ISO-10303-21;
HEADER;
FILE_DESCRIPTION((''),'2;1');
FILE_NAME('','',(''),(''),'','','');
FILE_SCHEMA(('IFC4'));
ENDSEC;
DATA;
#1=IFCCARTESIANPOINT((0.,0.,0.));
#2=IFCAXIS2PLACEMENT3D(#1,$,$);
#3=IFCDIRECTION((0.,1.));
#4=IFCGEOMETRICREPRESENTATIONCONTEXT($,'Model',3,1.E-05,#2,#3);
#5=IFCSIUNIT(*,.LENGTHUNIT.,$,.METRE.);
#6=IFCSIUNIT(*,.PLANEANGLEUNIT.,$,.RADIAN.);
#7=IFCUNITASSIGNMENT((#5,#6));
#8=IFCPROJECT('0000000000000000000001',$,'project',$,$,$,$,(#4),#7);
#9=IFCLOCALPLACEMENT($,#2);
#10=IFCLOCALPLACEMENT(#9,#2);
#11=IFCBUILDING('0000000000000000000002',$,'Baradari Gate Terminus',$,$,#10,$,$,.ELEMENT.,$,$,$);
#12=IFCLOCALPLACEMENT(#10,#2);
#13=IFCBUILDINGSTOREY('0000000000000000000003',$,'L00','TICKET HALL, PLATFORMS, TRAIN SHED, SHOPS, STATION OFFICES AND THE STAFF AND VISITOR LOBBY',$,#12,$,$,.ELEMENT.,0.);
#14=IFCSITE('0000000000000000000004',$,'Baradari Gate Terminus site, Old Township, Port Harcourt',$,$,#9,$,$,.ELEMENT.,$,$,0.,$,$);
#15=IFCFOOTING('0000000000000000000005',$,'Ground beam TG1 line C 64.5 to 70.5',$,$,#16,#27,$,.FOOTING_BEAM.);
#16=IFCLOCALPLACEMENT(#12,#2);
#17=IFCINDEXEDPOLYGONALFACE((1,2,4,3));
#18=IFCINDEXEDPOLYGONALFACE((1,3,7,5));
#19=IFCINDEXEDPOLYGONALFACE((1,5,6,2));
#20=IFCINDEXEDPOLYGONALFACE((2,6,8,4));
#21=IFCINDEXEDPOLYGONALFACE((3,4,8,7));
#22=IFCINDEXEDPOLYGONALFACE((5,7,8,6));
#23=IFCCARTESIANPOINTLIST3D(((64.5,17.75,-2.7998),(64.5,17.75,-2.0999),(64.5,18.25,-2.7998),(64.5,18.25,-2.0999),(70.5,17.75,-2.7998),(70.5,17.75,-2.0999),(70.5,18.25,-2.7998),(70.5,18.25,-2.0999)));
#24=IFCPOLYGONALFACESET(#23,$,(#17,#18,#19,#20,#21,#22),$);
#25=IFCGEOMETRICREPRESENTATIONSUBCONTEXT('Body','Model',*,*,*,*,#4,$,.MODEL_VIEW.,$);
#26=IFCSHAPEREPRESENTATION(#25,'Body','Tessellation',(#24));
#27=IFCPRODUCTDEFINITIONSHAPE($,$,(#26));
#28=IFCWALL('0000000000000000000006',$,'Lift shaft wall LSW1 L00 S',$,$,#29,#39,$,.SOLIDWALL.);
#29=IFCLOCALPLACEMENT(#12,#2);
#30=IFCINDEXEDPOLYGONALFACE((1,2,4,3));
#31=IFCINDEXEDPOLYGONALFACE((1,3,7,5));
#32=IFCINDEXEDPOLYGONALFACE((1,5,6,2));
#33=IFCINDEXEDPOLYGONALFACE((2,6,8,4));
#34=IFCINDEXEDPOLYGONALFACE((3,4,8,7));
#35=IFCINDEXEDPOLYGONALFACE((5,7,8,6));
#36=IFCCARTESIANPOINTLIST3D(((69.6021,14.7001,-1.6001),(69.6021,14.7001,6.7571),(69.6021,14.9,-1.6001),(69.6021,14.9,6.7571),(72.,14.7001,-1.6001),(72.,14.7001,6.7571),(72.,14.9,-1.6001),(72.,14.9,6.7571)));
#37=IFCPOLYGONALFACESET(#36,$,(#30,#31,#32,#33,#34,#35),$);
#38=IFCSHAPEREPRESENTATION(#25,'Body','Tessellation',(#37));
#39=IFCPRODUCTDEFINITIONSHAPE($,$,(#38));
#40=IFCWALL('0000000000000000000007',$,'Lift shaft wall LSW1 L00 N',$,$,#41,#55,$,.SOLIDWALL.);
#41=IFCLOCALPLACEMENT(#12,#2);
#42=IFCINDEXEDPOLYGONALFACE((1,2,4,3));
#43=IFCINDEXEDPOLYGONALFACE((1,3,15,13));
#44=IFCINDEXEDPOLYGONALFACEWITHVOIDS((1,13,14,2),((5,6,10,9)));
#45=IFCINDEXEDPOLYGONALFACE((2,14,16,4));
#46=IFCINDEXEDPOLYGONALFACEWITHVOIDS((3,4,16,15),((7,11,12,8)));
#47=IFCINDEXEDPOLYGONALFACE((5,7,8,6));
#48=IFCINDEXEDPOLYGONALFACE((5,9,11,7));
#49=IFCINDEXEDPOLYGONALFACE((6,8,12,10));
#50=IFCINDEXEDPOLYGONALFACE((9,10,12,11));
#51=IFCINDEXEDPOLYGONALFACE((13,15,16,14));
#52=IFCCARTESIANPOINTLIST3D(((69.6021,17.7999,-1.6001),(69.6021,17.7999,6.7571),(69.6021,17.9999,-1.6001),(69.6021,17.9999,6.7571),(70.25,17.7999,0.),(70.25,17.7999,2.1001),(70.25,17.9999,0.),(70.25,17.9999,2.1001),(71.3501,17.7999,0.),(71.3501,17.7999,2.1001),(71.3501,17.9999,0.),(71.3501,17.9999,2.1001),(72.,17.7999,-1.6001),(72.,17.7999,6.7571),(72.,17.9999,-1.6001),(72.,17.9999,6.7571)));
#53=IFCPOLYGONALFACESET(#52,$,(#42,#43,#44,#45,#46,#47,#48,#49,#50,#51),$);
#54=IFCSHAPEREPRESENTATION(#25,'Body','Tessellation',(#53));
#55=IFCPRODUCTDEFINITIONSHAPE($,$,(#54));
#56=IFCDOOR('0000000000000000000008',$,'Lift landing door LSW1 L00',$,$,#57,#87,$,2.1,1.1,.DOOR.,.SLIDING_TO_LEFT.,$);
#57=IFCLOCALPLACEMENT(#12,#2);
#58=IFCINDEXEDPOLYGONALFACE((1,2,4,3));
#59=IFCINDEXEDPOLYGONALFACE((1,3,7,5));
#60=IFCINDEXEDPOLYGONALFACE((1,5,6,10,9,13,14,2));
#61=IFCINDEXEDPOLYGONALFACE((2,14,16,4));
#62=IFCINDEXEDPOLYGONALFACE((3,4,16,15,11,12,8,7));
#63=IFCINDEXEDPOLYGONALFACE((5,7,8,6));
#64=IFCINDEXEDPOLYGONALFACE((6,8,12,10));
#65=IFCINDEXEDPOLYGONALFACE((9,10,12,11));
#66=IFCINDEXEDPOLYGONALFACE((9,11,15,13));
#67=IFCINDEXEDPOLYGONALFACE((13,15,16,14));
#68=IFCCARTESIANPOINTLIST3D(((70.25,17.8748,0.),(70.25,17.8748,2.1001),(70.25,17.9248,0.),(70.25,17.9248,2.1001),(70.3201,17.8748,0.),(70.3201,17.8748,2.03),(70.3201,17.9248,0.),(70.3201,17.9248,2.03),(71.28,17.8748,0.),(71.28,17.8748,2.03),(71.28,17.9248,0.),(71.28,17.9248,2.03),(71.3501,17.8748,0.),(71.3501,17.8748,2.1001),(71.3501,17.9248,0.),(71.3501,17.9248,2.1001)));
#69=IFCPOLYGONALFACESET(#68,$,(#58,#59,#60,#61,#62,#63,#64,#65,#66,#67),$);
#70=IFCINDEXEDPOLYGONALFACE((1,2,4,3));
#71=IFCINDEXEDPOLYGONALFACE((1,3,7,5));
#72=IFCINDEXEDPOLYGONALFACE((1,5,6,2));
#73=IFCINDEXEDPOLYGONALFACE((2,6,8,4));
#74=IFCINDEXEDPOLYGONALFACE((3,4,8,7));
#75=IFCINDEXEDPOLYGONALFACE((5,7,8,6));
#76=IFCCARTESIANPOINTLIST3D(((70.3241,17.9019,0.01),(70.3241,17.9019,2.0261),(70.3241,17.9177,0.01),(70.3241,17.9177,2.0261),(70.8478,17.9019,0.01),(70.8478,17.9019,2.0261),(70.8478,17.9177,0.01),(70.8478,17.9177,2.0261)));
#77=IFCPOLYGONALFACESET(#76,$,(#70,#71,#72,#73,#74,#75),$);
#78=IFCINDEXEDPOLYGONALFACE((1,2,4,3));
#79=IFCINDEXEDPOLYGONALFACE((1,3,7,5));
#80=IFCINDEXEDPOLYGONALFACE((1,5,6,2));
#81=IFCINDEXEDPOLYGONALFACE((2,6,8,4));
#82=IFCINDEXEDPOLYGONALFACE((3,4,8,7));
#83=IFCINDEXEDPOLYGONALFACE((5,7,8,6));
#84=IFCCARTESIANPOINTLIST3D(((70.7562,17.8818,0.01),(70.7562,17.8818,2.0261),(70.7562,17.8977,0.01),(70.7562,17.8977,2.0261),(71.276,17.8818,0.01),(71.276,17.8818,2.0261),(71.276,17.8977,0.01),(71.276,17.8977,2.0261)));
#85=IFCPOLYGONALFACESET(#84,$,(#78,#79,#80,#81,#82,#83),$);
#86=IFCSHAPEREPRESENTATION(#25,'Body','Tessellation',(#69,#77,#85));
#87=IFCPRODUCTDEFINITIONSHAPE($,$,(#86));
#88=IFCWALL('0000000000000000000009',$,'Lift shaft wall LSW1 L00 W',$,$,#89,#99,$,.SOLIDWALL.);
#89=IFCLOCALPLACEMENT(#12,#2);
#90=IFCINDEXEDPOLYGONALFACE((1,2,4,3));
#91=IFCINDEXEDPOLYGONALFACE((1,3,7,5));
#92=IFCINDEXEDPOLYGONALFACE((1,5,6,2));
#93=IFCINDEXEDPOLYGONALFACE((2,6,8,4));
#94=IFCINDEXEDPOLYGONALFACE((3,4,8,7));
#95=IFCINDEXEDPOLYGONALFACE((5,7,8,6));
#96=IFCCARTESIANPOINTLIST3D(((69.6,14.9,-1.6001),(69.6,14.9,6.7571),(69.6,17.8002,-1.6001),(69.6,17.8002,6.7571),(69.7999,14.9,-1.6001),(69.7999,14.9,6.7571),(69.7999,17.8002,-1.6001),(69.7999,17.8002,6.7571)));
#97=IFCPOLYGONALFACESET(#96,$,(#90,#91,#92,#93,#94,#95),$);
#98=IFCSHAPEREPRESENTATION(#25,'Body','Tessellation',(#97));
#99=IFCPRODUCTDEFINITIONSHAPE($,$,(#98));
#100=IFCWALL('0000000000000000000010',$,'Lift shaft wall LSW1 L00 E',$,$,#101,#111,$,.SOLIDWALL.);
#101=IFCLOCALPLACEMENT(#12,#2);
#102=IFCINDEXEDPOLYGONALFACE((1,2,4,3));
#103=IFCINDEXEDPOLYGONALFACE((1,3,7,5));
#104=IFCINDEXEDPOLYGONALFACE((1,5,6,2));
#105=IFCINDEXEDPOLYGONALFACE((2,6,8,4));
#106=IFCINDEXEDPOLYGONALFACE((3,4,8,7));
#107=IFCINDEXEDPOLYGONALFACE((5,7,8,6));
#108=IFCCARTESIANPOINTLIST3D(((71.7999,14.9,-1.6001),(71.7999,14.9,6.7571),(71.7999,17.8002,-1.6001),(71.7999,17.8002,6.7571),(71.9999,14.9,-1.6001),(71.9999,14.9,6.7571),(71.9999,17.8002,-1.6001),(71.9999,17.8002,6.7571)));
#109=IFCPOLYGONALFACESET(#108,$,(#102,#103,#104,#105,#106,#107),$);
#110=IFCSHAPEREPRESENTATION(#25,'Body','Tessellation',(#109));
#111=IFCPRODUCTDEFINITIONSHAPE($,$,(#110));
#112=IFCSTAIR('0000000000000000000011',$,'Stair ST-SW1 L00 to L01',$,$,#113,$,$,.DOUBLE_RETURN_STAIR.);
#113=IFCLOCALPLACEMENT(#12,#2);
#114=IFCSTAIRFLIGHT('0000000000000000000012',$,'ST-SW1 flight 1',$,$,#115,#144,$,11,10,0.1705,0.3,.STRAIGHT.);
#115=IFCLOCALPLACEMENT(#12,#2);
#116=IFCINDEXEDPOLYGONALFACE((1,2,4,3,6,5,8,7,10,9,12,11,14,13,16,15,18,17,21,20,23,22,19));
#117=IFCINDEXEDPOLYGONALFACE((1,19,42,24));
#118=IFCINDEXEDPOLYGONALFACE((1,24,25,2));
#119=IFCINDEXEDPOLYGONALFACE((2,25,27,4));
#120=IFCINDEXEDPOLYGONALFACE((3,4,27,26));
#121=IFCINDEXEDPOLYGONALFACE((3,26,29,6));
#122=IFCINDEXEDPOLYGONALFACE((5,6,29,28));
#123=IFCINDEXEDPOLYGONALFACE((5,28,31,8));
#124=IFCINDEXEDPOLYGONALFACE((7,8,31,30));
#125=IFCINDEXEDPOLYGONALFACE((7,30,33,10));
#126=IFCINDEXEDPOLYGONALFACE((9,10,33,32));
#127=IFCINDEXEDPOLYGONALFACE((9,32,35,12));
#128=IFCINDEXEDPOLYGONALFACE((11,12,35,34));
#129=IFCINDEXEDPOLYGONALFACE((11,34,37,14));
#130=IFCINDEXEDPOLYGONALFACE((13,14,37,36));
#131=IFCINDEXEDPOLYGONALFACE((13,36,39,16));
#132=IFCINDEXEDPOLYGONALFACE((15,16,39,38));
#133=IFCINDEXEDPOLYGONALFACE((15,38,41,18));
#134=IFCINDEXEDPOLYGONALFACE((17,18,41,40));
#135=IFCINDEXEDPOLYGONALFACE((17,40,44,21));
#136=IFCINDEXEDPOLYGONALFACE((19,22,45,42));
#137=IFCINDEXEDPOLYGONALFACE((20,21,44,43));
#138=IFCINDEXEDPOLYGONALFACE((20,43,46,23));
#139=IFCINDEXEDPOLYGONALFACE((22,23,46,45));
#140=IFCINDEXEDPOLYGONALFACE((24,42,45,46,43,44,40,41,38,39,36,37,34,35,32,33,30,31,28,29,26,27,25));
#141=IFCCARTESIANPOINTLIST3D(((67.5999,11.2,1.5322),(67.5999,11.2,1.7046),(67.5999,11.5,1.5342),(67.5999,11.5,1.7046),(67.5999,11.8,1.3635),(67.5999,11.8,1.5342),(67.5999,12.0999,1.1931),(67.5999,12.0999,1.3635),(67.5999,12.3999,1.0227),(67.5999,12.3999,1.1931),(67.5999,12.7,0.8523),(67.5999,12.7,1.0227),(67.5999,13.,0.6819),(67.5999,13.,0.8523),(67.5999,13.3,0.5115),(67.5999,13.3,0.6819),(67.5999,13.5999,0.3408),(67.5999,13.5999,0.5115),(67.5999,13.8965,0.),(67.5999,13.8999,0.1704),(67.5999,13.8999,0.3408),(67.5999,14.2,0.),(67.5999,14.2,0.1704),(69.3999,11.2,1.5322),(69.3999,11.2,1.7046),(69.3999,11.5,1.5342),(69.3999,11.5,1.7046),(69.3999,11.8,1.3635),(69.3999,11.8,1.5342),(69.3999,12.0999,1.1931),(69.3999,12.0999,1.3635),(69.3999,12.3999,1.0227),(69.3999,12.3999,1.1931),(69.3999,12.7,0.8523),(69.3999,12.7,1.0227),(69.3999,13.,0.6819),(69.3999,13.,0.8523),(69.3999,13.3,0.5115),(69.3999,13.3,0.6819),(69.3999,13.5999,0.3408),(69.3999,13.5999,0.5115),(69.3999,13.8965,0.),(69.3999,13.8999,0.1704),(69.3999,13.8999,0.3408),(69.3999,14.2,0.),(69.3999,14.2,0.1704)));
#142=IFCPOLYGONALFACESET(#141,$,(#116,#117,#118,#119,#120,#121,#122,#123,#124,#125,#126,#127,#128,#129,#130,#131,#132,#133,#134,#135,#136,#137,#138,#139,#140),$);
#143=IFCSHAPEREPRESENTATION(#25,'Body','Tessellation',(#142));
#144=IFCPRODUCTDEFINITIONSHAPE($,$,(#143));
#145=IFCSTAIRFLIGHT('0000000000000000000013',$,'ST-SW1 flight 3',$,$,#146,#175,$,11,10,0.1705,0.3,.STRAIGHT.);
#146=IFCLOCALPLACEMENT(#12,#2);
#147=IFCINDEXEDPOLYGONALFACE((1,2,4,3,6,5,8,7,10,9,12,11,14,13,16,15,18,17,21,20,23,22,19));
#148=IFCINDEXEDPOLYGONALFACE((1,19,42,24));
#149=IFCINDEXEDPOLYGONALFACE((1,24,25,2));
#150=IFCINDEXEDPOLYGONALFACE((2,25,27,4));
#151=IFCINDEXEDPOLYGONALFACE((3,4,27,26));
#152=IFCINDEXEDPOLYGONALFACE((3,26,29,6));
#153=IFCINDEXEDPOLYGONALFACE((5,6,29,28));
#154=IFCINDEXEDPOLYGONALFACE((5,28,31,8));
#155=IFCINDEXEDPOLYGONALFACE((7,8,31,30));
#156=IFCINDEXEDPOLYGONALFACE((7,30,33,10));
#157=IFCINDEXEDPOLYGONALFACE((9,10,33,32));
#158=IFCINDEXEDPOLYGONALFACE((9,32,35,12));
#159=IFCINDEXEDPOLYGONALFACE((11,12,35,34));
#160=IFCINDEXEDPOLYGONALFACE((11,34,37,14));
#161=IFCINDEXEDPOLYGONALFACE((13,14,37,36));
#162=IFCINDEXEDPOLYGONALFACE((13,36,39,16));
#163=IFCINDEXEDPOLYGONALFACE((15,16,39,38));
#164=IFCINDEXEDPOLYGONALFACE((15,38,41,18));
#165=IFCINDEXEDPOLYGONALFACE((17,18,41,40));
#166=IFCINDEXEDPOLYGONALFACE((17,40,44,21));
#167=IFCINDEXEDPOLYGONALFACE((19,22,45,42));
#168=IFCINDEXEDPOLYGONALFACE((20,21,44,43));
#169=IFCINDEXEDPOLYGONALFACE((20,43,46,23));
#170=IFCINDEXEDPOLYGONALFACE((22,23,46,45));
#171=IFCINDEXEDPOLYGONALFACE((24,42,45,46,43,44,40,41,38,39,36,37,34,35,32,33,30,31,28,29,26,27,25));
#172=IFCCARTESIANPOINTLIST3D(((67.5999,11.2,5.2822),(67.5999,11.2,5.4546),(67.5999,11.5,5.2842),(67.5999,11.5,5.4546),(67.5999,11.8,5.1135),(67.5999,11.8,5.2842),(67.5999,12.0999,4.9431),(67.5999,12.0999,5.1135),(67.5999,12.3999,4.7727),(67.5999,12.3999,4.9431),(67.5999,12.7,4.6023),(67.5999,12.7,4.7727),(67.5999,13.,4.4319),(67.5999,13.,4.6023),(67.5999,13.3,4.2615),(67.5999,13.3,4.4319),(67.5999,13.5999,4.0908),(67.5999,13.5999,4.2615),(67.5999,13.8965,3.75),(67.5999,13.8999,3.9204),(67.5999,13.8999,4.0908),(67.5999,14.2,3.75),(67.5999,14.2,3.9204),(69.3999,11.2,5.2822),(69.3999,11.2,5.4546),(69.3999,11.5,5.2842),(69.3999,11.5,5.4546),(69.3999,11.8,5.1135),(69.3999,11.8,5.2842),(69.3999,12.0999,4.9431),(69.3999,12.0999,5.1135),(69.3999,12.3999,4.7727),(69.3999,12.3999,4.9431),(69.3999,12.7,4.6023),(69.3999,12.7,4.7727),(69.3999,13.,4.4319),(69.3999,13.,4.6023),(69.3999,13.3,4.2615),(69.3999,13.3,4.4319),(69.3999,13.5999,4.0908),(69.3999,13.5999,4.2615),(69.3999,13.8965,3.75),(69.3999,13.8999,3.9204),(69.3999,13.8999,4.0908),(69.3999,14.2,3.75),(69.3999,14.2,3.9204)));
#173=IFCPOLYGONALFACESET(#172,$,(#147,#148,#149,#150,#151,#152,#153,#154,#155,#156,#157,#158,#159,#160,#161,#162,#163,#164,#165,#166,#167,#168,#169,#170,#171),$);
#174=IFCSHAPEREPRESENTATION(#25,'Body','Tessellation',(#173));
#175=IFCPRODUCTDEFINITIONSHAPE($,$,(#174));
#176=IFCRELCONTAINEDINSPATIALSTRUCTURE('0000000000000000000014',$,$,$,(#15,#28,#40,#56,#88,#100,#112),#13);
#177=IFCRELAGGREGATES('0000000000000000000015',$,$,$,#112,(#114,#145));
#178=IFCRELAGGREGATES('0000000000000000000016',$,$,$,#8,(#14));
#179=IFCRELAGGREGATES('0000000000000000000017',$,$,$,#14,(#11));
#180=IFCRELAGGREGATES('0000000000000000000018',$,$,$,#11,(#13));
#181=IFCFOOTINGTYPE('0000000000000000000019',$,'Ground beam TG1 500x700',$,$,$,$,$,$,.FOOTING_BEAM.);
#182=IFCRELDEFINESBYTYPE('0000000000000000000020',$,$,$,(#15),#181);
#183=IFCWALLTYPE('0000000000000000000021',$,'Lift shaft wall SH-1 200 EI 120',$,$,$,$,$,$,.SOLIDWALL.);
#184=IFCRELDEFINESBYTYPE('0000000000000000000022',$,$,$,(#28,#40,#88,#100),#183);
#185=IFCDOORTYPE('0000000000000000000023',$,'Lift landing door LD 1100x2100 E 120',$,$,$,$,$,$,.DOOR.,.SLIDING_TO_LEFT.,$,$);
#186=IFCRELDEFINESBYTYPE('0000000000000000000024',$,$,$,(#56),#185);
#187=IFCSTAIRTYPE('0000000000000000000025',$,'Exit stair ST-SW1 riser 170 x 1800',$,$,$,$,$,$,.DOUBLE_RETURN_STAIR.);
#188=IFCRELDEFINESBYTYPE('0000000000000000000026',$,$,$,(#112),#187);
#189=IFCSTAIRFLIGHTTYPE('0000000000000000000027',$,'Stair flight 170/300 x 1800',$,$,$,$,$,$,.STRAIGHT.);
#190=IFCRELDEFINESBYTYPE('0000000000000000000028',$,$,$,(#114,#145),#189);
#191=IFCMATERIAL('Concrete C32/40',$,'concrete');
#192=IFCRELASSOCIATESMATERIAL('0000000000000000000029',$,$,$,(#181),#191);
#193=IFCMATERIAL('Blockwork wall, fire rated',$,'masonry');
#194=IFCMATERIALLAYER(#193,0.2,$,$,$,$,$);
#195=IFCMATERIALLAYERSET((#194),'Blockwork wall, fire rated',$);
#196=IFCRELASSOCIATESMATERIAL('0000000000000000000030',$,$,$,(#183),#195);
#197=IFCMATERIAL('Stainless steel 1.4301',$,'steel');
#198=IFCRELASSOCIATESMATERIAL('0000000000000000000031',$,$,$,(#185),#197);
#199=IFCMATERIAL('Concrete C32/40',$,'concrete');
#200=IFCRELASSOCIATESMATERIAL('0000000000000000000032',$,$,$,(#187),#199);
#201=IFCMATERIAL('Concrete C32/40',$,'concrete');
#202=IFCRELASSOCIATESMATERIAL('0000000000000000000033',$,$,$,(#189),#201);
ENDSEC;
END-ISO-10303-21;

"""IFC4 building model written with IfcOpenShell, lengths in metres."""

from ifc_helpers import new_model, si_unit, direction, frame, frame_2d, origin, origin_2d, place, context, subcontext, project, spatial, polyline, rectangle, outline, extrude, material, layer, layer_set, type_object, element, fill, aggregate, save


model = new_model("IFC4")

# Units and contexts
model_context = context("Model", 3, precision=1e-05, world=origin(), true_north=direction((0.0, 1.0)))
body_context = subcontext(model_context, "Body", "Model", "MODEL_VIEW")
ifc_project = project(units=[si_unit("LENGTHUNIT", "METRE"), si_unit("PLANEANGLEUNIT", "RADIAN")], contexts=[model_context])

# Site, building, storey
site_placement = place(None, origin())
site = spatial("IfcSite", under=ifc_project, at=site_placement, Name="Baradari Gate Terminus site, Old Township, Port Harcourt", CompositionType="ELEMENT", RefElevation=0.0)
building_placement = place(site_placement, origin())
building = spatial("IfcBuilding", under=site, at=building_placement, Name="Baradari Gate Terminus", CompositionType="ELEMENT")
storey_placement = place(building_placement, origin())
storey = spatial("IfcBuildingStorey", under=building, at=storey_placement, Name="L00", Description="TICKET HALL, PLATFORMS, TRAIN SHED, SHOPS, STATION OFFICES AND THE STAFF AND VISITOR LOBBY", CompositionType="ELEMENT", Elevation=0.0)

# Footing
ifc_material_1 = material(Name="Concrete C32/40", Category="concrete")
footing_type = type_object("IfcFootingType", Name="Ground beam TG1 500x700", PredefinedType="FOOTING_BEAM", material=ifc_material_1)
footing_placement = place(storey_placement, frame((67.5, 18.0, -2.7998), z_axis=(0.0, 0.0, 1.0), x_axis=(1.0, 0.0, 0.0)))
element("IfcFooting", 1, at=footing_placement, inside=storey, type_object=footing_type, Name="Ground beam TG1 line C 64.5 to 70.5", PredefinedType="FOOTING_BEAM", context=body_context, shape_type="SweptSolid", body=[
    extrude(rectangle(XDim=6.0, YDim=0.5, at=origin_2d()), origin(), (0.0, 0.0, 1.0), 0.7),
])

# Wall
ifc_material_2 = material(Name="Blockwork wall, fire rated", Category="masonry")
ifc_layer = layer(ifc_material_2, 0.2)
ifc_layer_set = layer_set([ifc_layer], Name="Blockwork wall, fire rated")
wall_type = type_object("IfcWallType", Name="Lift shaft wall SH-1 200 EI 120", PredefinedType="SOLIDWALL", material=ifc_layer_set)
wall_1_placement = place(storey_placement, frame((69.6021, 14.8, -1.6001), z_axis=(0.0, 0.0, 1.0), x_axis=(1.0, 0.0, 0.0)))
element("IfcWall", 2, at=wall_1_placement, inside=storey, type_object=wall_type, Name="Lift shaft wall LSW1 L00 S", PredefinedType="SOLIDWALL", context=body_context, shape_type="SweptSolid", body=[
    extrude(rectangle(XDim=2.3979, YDim=0.2, at=frame_2d((1.199, 0.0))), origin(), (0.0, 0.0, 1.0), 8.3572),
])

# Wall, opening, door
wall_2_placement = place(storey_placement, frame((69.6021, 17.8999, -1.6001), z_axis=(0.0, 0.0, 1.0), x_axis=(1.0, 0.0, 0.0)))
wall_2 = element("IfcWall", 3, at=wall_2_placement, inside=storey, type_object=wall_type, Name="Lift shaft wall LSW1 L00 N", PredefinedType="SOLIDWALL", context=body_context, shape_type="SweptSolid", body=[
    extrude(rectangle(XDim=2.3979, YDim=0.2, at=frame_2d((1.199, 0.0))), origin(), (0.0, 0.0, 1.0), 8.3572),
])
opening_placement = place(wall_2_placement, frame((0.6479, 0.0, 1.6001)))
opening = element("IfcOpeningElement", 4, at=opening_placement, cuts=wall_2, PredefinedType="OPENING", context=body_context, shape_type="SweptSolid", body=[
    extrude(rectangle(XDim=1.1001, YDim=2.1001, at=frame_2d((0.55, 1.05))), frame((0.0, 0.1099, 0.0), z_axis=(0.0, -1.0, 0.0), x_axis=(1.0, 0.0, 0.0)), (0.0, 0.0, 1.0), 0.22),
])
ifc_material_3 = material(Name="Stainless steel 1.4301", Category="steel")
door_type = type_object("IfcDoorType", Name="Lift landing door LD 1100x2100 E 120", OperationType="SLIDING_TO_LEFT", PredefinedType="DOOR", material=ifc_material_3)
door_placement = place(opening_placement, origin())
door = element("IfcDoor", 5, at=door_placement, inside=storey, type_object=door_type, Name="Lift landing door LSW1 L00", OperationType="SLIDING_TO_LEFT", OverallHeight=2.1, OverallWidth=1.1, PredefinedType="DOOR", context=body_context, shape_type="SweptSolid", body=[
    extrude(outline(polyline([(0.0, 0.0), (0.0701, 0.0), (0.0701, 2.03), (1.03, 2.03), (1.03, 0.0), (1.1001, 0.0), (1.1001, 2.1001), (0.0, 2.1001), (0.0, 0.0)])), frame((0.0, 0.0249, 0.0), z_axis=(0.0, -1.0, 0.0), x_axis=(1.0, 0.0, 0.0)), (0.0, 0.0, 1.0), 0.05),
    extrude(rectangle(XDim=0.5237, YDim=2.0161, at=frame_2d((0.3359, 1.0181))), frame((0.0, 0.0178, 0.0), z_axis=(0.0, -1.0, 0.0), x_axis=(1.0, 0.0, 0.0)), (0.0, 0.0, 1.0), 0.0159),
    extrude(rectangle(XDim=0.5198, YDim=2.0161, at=frame_2d((0.7661, 1.0181))), frame((0.0, -0.0022, 0.0), z_axis=(0.0, -1.0, 0.0), x_axis=(1.0, 0.0, 0.0)), (0.0, 0.0, 1.0), 0.0159),
])
fill(opening, door)

# Walls
for number, where, z_axis, x_axis, name in (
    (6, (69.7, 14.8999, -1.6001), (0.0, 0.0, 1.0), (0.0, 1.0, 0.0), "Lift shaft wall LSW1 L00 W"),
    (7, (71.8999, 14.8999, -1.6001), (0.0, 0.0, 1.0), (0.0, 1.0, 0.0), "Lift shaft wall LSW1 L00 E"),
):
    element("IfcWall", number, at=place(storey_placement, frame(where, z_axis=z_axis, x_axis=x_axis)), inside=storey, type_object=wall_type, Name=name, PredefinedType="SOLIDWALL", context=body_context, shape_type="SweptSolid", body=[
        extrude(rectangle(XDim=2.9001, YDim=0.2, at=frame_2d((1.4502, 0.0))), origin(), (0.0, 0.0, 1.0), 8.3572),
    ])

# Stair, stair flights
ifc_material_4 = material(Name="Concrete C32/40", Category="concrete")
stair_type = type_object("IfcStairType", Name="Exit stair ST-SW1 riser 170 x 1800", PredefinedType="DOUBLE_RETURN_STAIR", material=ifc_material_4)
stair_placement = place(storey_placement, origin())
stair = element("IfcStair", 8, at=stair_placement, inside=storey, type_object=stair_type, Name="Stair ST-SW1 L00 to L01", PredefinedType="DOUBLE_RETURN_STAIR")
ifc_material_5 = material(Name="Concrete C32/40", Category="concrete")
stair_flight_type = type_object("IfcStairFlightType", Name="Stair flight 170/300 x 1800", PredefinedType="STRAIGHT", material=ifc_material_5)
stair_flight_1_placement = place(storey_placement, frame((68.5, 14.2, 0.0), z_axis=(0.0, 0.0, 1.0), x_axis=(0.0, -1.0, 0.0)))
stair_flight_1 = element("IfcStairFlight", 9, at=stair_flight_1_placement, type_object=stair_flight_type, Name="ST-SW1 flight 1", NumberOfRisers=11, NumberOfTreads=10, PredefinedType="STRAIGHT", RiserHeight=0.1705, TreadLength=0.3, context=body_context, shape_type="SweptSolid", body=[
    extrude(outline(polyline([(0.0, 0.0), (0.0, 0.1704), (0.3, 0.1704), (0.3, 0.3408), (0.6001, 0.3408), (0.6001, 0.5115), (0.8999, 0.5115), (0.8999, 0.6819), (1.2, 0.6819), (1.2, 0.8523), (1.5, 0.8523), (1.5, 1.0227), (1.8, 1.0227), (1.8, 1.1931), (2.1001, 1.1931), (2.1001, 1.3635), (2.3999, 1.3635), (2.3999, 1.5342), (2.7, 1.5342), (2.7, 1.7046), (3.0, 1.7046), (3.0, 1.875), (3.0, 1.5322), (0.3035, 0.0), (0.0, 0.0)])), frame((0.0, 0.8999, 0.0), z_axis=(0.0, -1.0, 0.0), x_axis=(1.0, 0.0, 0.0)), (0.0, 0.0, 1.0), 1.8),
])
stair_flight_2_placement = place(storey_placement, frame((68.5, 14.2, 3.75), z_axis=(0.0, 0.0, 1.0), x_axis=(0.0, -1.0, 0.0)))
stair_flight_2 = element("IfcStairFlight", 10, at=stair_flight_2_placement, type_object=stair_flight_type, Name="ST-SW1 flight 3", NumberOfRisers=11, NumberOfTreads=10, PredefinedType="STRAIGHT", RiserHeight=0.1705, TreadLength=0.3, context=body_context, shape_type="SweptSolid", body=[
    extrude(outline(polyline([(0.0, 0.0), (0.0, 0.1704), (0.3, 0.1704), (0.3, 0.3408), (0.6001, 0.3408), (0.6001, 0.5115), (0.8999, 0.5115), (0.8999, 0.6819), (1.2, 0.6819), (1.2, 0.8523), (1.5, 0.8523), (1.5, 1.0227), (1.8, 1.0227), (1.8, 1.1931), (2.1001, 1.1931), (2.1001, 1.3635), (2.3999, 1.3635), (2.3999, 1.5342), (2.7, 1.5342), (2.7, 1.7046), (3.0, 1.7046), (3.0, 1.875), (3.0, 1.5322), (0.3035, 0.0), (0.0, 0.0)])), frame((0.0, 0.8999, 0.0), z_axis=(0.0, -1.0, 0.0), x_axis=(1.0, 0.0, 0.0)), (0.0, 0.0, 1.0), 1.8),
])
aggregate(stair, [stair_flight_1, stair_flight_2])

save(model, "model.ifc")
